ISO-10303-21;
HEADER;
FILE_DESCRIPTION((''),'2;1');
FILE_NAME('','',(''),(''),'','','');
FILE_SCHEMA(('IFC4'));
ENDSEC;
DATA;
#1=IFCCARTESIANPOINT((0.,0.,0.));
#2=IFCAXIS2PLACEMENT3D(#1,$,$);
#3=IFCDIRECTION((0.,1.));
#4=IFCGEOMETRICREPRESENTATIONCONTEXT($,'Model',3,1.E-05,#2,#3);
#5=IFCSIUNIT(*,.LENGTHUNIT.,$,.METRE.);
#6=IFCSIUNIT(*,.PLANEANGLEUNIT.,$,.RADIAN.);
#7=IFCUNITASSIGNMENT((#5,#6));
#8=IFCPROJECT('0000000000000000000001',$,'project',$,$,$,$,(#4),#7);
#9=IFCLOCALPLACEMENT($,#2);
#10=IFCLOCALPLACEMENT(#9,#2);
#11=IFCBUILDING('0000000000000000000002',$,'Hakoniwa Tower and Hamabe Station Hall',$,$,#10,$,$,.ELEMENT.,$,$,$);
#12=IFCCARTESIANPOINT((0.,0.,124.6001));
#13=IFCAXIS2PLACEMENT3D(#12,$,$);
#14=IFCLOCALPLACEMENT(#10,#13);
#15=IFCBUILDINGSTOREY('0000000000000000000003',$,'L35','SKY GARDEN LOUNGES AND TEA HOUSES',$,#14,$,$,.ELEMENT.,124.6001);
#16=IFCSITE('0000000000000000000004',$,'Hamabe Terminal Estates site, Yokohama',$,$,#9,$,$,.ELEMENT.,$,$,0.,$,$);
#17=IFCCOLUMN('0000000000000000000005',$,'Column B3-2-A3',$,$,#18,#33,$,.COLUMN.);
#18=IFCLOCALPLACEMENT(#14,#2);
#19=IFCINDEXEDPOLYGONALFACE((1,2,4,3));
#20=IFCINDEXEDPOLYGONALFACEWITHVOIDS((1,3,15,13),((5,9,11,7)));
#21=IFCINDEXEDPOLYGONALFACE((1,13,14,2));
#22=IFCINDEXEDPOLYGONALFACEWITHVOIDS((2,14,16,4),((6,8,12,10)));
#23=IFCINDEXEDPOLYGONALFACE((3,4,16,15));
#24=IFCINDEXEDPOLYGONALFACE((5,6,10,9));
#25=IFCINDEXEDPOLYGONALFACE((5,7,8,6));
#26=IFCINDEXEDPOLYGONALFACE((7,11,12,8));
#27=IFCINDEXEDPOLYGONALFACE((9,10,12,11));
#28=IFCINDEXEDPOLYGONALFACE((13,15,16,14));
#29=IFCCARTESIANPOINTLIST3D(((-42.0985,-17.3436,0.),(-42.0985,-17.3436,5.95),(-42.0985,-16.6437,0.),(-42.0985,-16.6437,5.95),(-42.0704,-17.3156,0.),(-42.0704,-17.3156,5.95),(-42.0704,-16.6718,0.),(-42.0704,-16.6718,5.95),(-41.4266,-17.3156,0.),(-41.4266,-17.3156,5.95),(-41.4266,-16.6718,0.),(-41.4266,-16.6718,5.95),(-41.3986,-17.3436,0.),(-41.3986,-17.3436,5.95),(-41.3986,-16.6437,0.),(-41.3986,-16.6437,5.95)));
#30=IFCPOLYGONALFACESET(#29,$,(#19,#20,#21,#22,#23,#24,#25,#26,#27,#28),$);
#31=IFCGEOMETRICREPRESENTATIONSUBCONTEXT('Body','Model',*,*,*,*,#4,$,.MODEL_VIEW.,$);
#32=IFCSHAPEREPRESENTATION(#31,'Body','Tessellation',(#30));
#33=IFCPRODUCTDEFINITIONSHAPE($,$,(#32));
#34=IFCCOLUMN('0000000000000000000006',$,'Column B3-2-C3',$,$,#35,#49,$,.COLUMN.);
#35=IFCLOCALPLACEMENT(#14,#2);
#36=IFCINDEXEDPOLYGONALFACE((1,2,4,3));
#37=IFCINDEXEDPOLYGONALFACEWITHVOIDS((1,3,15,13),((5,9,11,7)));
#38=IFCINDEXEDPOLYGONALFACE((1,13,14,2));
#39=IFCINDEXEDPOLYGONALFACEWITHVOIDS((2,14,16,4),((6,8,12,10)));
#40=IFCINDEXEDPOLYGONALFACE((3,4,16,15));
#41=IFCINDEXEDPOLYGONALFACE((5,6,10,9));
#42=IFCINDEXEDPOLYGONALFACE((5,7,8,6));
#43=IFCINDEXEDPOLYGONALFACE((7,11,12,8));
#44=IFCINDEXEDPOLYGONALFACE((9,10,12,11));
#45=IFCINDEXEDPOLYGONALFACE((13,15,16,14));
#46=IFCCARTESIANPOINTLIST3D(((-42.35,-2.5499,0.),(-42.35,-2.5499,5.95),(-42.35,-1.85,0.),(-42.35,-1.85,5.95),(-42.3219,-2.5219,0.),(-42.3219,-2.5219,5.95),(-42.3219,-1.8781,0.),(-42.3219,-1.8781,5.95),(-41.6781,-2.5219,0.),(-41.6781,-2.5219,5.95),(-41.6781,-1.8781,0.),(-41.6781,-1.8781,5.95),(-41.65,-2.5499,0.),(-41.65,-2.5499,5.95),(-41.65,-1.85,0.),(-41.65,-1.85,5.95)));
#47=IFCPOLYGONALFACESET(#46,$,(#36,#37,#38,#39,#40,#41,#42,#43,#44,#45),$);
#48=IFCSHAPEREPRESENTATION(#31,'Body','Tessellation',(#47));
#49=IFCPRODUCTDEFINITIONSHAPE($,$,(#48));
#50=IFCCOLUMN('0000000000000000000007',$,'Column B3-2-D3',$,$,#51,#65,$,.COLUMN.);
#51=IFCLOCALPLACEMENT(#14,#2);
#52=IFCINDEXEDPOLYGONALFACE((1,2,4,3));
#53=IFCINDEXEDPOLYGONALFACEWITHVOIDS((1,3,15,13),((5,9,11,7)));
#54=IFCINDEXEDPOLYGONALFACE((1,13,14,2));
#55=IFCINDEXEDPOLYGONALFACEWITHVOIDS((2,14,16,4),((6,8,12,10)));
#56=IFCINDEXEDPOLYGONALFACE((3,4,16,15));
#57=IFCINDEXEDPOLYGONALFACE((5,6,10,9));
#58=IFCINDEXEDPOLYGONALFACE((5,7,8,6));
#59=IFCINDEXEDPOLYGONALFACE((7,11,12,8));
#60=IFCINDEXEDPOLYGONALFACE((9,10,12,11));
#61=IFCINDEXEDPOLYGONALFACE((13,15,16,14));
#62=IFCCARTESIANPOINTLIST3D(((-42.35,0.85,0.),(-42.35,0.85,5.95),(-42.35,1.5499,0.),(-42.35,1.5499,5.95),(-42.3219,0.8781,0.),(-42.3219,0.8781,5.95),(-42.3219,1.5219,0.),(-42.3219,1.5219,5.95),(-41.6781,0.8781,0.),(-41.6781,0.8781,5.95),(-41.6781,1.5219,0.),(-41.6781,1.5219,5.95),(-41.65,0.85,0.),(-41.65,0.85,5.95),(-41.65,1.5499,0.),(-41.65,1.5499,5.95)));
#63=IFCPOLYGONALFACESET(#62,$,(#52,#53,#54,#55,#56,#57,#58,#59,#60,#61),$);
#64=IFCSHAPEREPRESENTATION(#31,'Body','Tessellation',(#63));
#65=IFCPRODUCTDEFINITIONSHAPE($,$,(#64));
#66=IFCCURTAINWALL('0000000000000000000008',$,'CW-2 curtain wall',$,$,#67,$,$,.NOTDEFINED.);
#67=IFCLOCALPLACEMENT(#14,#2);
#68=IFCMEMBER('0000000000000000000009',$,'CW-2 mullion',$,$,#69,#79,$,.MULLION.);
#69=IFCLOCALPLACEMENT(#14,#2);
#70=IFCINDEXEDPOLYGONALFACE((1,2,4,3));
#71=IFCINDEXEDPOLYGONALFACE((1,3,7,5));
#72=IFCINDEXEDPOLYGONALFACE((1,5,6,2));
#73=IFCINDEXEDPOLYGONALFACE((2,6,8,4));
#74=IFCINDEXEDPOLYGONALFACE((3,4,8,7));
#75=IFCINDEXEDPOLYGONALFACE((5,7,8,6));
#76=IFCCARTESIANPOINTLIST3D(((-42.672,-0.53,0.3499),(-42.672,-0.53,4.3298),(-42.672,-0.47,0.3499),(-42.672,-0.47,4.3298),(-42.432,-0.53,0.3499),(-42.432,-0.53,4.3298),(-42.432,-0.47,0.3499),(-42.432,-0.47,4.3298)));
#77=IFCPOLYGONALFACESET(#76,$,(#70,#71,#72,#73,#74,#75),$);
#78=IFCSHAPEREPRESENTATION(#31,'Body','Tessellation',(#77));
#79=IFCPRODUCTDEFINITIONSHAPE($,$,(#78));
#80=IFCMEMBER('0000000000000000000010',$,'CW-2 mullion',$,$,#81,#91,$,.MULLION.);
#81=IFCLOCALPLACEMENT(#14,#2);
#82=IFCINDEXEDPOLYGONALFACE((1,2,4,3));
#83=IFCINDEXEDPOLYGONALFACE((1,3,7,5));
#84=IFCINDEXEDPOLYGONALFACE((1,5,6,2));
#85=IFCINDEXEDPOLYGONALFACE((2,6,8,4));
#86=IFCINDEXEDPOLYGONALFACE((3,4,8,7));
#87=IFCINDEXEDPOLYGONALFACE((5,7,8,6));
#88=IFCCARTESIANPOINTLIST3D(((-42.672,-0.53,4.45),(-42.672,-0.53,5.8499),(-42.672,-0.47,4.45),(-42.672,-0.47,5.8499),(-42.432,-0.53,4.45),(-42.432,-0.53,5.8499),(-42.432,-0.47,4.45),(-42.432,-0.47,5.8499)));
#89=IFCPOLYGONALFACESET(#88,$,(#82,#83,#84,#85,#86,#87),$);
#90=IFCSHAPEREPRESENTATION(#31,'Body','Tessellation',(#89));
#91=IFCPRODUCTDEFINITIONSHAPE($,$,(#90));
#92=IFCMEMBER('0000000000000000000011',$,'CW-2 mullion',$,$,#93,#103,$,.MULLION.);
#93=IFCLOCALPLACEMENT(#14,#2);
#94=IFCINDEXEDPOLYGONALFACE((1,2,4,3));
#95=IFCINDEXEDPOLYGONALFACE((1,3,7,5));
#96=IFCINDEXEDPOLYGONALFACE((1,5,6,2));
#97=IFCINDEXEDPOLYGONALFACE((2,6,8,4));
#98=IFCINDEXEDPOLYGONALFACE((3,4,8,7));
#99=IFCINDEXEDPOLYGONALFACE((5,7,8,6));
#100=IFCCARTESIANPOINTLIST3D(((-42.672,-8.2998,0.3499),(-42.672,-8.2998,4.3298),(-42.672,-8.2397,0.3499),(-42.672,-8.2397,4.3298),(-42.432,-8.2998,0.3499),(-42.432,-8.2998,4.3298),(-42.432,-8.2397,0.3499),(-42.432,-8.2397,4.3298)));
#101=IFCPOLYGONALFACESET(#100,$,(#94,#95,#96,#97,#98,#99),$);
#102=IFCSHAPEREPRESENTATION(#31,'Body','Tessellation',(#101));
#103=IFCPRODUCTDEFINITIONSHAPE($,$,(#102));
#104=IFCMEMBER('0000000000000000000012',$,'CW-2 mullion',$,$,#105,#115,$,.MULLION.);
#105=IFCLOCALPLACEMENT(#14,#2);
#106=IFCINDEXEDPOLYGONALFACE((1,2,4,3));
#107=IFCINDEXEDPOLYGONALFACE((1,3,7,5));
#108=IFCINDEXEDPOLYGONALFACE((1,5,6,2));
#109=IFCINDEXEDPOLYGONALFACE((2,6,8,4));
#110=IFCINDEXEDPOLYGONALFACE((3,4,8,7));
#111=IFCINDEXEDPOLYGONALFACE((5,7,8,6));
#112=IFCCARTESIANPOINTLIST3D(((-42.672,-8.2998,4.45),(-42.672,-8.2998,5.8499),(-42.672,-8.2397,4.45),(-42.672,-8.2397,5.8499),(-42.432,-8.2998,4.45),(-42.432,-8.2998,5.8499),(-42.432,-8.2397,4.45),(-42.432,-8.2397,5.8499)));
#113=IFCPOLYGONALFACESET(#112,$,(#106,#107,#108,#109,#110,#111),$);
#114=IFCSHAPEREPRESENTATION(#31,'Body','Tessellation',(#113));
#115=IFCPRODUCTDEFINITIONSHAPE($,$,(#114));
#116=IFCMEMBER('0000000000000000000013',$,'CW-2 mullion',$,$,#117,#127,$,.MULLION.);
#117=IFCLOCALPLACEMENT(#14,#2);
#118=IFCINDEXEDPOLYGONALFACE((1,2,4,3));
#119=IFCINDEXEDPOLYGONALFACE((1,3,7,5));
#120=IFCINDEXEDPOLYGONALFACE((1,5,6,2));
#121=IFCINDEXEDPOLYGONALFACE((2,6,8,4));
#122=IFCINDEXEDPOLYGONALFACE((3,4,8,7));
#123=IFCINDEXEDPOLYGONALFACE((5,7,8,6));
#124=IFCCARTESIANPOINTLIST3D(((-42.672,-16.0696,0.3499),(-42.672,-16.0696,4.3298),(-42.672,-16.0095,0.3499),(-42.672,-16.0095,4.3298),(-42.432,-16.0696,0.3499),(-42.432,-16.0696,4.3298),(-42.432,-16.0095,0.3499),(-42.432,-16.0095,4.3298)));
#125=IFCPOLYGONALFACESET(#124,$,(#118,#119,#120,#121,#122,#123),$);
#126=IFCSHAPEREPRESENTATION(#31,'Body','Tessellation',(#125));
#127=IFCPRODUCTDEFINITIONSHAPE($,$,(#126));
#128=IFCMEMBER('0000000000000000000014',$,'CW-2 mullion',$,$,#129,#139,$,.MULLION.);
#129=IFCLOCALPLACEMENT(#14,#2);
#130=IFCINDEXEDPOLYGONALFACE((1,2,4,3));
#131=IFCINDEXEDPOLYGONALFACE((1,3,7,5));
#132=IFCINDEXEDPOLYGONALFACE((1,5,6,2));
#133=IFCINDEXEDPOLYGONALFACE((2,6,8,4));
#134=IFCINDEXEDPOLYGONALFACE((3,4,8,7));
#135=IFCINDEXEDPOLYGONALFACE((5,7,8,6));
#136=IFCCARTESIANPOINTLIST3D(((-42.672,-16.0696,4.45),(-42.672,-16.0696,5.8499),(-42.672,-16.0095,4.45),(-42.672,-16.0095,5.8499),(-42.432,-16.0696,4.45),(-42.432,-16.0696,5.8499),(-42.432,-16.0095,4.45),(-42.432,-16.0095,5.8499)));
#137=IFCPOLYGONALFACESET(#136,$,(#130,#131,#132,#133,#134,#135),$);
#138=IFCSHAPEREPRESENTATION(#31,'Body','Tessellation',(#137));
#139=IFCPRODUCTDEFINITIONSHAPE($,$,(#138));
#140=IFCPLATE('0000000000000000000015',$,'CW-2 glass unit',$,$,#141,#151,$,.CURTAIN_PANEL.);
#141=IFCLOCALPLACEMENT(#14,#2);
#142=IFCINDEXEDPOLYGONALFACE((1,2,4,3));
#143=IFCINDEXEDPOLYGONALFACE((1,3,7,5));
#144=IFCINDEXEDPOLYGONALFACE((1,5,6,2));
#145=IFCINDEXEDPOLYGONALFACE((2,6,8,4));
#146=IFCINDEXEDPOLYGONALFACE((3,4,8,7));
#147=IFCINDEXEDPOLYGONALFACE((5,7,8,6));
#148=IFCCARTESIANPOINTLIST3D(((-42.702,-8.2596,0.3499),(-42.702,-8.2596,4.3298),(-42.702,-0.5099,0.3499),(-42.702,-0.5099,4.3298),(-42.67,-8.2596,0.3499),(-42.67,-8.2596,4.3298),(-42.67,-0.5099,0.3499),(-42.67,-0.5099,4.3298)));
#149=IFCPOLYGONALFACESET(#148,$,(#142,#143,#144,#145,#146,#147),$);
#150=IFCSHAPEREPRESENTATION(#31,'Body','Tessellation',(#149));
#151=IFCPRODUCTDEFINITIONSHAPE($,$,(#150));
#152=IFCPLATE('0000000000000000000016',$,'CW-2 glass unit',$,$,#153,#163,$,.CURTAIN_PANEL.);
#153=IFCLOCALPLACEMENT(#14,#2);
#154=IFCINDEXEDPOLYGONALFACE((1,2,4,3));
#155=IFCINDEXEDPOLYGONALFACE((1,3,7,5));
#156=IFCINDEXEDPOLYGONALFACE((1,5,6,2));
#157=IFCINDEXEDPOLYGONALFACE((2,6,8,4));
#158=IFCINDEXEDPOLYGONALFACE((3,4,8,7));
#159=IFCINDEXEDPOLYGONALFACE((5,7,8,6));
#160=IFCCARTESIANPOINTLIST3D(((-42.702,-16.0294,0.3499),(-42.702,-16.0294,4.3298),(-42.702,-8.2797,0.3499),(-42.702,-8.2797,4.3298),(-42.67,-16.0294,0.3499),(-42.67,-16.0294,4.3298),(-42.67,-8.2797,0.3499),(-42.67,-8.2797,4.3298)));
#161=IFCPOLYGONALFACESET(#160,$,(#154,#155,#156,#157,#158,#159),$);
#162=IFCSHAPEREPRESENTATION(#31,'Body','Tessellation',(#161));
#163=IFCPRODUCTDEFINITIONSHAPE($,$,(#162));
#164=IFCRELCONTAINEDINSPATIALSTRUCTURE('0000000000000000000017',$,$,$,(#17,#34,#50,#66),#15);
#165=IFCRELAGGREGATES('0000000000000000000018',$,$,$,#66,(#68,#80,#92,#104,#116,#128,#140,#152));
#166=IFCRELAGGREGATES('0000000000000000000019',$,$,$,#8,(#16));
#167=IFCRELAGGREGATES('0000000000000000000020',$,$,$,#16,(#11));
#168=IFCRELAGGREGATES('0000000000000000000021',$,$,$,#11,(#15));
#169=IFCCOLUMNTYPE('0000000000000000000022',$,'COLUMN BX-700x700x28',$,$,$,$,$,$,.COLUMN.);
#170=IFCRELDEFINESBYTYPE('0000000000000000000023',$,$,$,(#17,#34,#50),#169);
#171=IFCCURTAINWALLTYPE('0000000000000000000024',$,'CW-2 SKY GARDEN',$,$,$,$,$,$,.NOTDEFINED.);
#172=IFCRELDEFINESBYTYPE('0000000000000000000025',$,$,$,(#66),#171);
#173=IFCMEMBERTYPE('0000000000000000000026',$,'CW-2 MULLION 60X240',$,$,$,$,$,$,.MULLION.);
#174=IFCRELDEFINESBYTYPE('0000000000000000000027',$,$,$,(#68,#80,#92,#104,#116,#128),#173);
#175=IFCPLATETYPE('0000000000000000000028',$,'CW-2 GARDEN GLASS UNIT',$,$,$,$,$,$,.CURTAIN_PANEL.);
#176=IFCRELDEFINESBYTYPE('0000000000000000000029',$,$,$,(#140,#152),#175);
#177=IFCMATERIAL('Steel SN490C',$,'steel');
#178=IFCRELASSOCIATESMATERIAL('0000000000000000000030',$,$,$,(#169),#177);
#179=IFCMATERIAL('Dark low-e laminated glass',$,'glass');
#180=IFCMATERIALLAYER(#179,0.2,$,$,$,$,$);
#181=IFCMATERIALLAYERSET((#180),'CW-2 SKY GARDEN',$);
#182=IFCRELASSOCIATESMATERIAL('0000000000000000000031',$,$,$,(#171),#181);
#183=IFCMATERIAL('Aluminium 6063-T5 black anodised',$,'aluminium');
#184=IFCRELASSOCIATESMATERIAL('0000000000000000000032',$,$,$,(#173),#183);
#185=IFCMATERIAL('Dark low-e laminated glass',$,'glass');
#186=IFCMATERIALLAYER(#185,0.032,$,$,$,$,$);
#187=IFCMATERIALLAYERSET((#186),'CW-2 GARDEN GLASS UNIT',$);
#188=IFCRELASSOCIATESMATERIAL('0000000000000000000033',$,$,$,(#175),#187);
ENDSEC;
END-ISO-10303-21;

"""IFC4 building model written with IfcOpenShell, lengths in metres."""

from ifc_helpers import new_model, si_unit, direction, frame, origin, origin_2d, place, context, subcontext, project, spatial, rectangle, hollow_rectangle, extrude, material, layer, layer_set, material_profile, profile_set, type_object, element, aggregate, save


model = new_model("IFC4")

# Units and contexts
model_context = context("Model", 3, precision=1e-05, world=origin(), true_north=direction((0.0, 1.0)))
body_context = subcontext(model_context, "Body", "Model", "MODEL_VIEW")
ifc_project = project(units=[si_unit("LENGTHUNIT", "METRE"), si_unit("PLANEANGLEUNIT", "RADIAN")], contexts=[model_context])

# Site, building, storey
site_placement = place(None, origin())
site = spatial("IfcSite", under=ifc_project, at=site_placement, Name="Hamabe Terminal Estates site, Yokohama", CompositionType="ELEMENT", RefElevation=0.0)
building_placement = place(site_placement, origin())
building = spatial("IfcBuilding", under=site, at=building_placement, Name="Hakoniwa Tower and Hamabe Station Hall", CompositionType="ELEMENT")
storey_placement = place(building_placement, frame((0.0, 0.0, 124.6001)))
storey = spatial("IfcBuildingStorey", under=building, at=storey_placement, Name="L35", Description="SKY GARDEN LOUNGES AND TEA HOUSES", CompositionType="ELEMENT", Elevation=124.6001)

# Columns
ifc_material_1 = material(Name="Steel SN490C", Category="steel")
ifc_material_profile_1 = material_profile(ifc_material_1, hollow_rectangle(XDim=0.7, YDim=0.7, WallThickness=0.0281, at=origin_2d()), Name="BX-700x700x28")
ifc_profile_set_1 = profile_set([ifc_material_profile_1], Name="Steel SN490C")
column_type = type_object("IfcColumnType", Name="COLUMN BX-700x700x28", PredefinedType="COLUMN", material=ifc_profile_set_1)
for number, where, z_axis, x_axis, name in (
    (1, (-41.7485, -16.9937, 0.0), (0.0, 0.0, 1.0), (1.0, 0.0, 0.0), "Column B3-2-A3"),
    (2, (-42.0, -2.2, 0.0), (0.0, 0.0, 1.0), (1.0, 0.0, 0.0), "Column B3-2-C3"),
    (3, (-42.0, 1.2, 0.0), (0.0, 0.0, 1.0), (1.0, 0.0, 0.0), "Column B3-2-D3"),
):
    element("IfcColumn", number, at=place(storey_placement, frame(where, z_axis=z_axis, x_axis=x_axis)), inside=storey, type_object=column_type, Name=name, PredefinedType="COLUMN", context=body_context, shape_type="SweptSolid", body=[
        extrude(hollow_rectangle(XDim=0.7, YDim=0.7, WallThickness=0.0281, at=origin_2d()), origin(), (0.0, 0.0, 1.0), 5.95),
    ])

# Curtain wall, members, plates
ifc_material_2 = material(Name="Dark low-e laminated glass", Category="glass")
ifc_layer_1 = layer(ifc_material_2, 0.2)
ifc_layer_set_1 = layer_set([ifc_layer_1], Name="CW-2 SKY GARDEN")
curtain_wall_type = type_object("IfcCurtainWallType", Name="CW-2 SKY GARDEN", PredefinedType="NOTDEFINED", material=ifc_layer_set_1)
curtain_wall_1_placement = place(storey_placement, origin())
curtain_wall_1 = element("IfcCurtainWall", 4, at=curtain_wall_1_placement, inside=storey, type_object=curtain_wall_type, Name="CW-2 curtain wall", PredefinedType="NOTDEFINED")
ifc_material_3 = material(Name="Aluminium 6063-T5 black anodised", Category="aluminium")
ifc_material_profile_2 = material_profile(ifc_material_3, rectangle(XDim=0.0601, YDim=0.24, at=origin_2d()), Name="CW-2 MULLION 60X240")
ifc_profile_set_2 = profile_set([ifc_material_profile_2], Name="Aluminium 6063-T5 black anodised")
member_type = type_object("IfcMemberType", Name="CW-2 MULLION 60X240", PredefinedType="MULLION", material=ifc_profile_set_2)
member_1_placement = place(storey_placement, frame((-42.552, -0.5, 0.3499), z_axis=(0.0, 0.0, 1.0), x_axis=(0.0, -1.0, 0.0)))
member_1 = element("IfcMember", 5, at=member_1_placement, type_object=member_type, Name="CW-2 mullion", PredefinedType="MULLION", context=body_context, shape_type="SweptSolid", body=[
    extrude(rectangle(XDim=0.0601, YDim=0.24, at=origin_2d()), origin(), (0.0, 0.0, 1.0), 3.98),
])
member_2_placement = place(storey_placement, frame((-42.552, -0.5, 4.45), z_axis=(0.0, 0.0, 1.0), x_axis=(0.0, -1.0, 0.0)))
member_2 = element("IfcMember", 6, at=member_2_placement, type_object=member_type, Name="CW-2 mullion", PredefinedType="MULLION", context=body_context, shape_type="SweptSolid", body=[
    extrude(rectangle(XDim=0.0601, YDim=0.24, at=origin_2d()), origin(), (0.0, 0.0, 1.0), 1.3999),
])
member_3_placement = place(storey_placement, frame((-42.552, -8.2698, 0.3499), z_axis=(0.0, 0.0, 1.0), x_axis=(0.0, -1.0, 0.0)))
member_3 = element("IfcMember", 7, at=member_3_placement, type_object=member_type, Name="CW-2 mullion", PredefinedType="MULLION", context=body_context, shape_type="SweptSolid", body=[
    extrude(rectangle(XDim=0.0601, YDim=0.24, at=origin_2d()), origin(), (0.0, 0.0, 1.0), 3.98),
])
member_4_placement = place(storey_placement, frame((-42.552, -8.2698, 4.45), z_axis=(0.0, 0.0, 1.0), x_axis=(0.0, -1.0, 0.0)))
member_4 = element("IfcMember", 8, at=member_4_placement, type_object=member_type, Name="CW-2 mullion", PredefinedType="MULLION", context=body_context, shape_type="SweptSolid", body=[
    extrude(rectangle(XDim=0.0601, YDim=0.24, at=origin_2d()), origin(), (0.0, 0.0, 1.0), 1.3999),
])
member_5_placement = place(storey_placement, frame((-42.552, -16.0396, 0.3499), z_axis=(0.0, 0.0, 1.0), x_axis=(0.0, -1.0, 0.0)))
member_5 = element("IfcMember", 9, at=member_5_placement, type_object=member_type, Name="CW-2 mullion", PredefinedType="MULLION", context=body_context, shape_type="SweptSolid", body=[
    extrude(rectangle(XDim=0.0601, YDim=0.24, at=origin_2d()), origin(), (0.0, 0.0, 1.0), 3.98),
])
member_6_placement = place(storey_placement, frame((-42.552, -16.0396, 4.45), z_axis=(0.0, 0.0, 1.0), x_axis=(0.0, -1.0, 0.0)))
member_6 = element("IfcMember", 10, at=member_6_placement, type_object=member_type, Name="CW-2 mullion", PredefinedType="MULLION", context=body_context, shape_type="SweptSolid", body=[
    extrude(rectangle(XDim=0.0601, YDim=0.24, at=origin_2d()), origin(), (0.0, 0.0, 1.0), 1.3999),
])
ifc_material_4 = material(Name="Dark low-e laminated glass", Category="glass")
ifc_layer_2 = layer(ifc_material_4, 0.032)
ifc_layer_set_2 = layer_set([ifc_layer_2], Name="CW-2 GARDEN GLASS UNIT")
plate_type = type_object("IfcPlateType", Name="CW-2 GARDEN GLASS UNIT", PredefinedType="CURTAIN_PANEL", material=ifc_layer_set_2)
plate_1_placement = place(storey_placement, frame((-42.686, -4.3848, 0.3499), z_axis=(0.0, 0.0, 1.0), x_axis=(0.0, -1.0, 0.0)))
plate_1 = element("IfcPlate", 11, at=plate_1_placement, type_object=plate_type, Name="CW-2 glass unit", PredefinedType="CURTAIN_PANEL", context=body_context, shape_type="SweptSolid", body=[
    extrude(rectangle(XDim=7.7498, YDim=0.032, at=origin_2d()), origin(), (0.0, 0.0, 1.0), 3.98),
])
plate_2_placement = place(storey_placement, frame((-42.686, -12.1545, 0.3499), z_axis=(0.0, 0.0, 1.0), x_axis=(0.0, -1.0, 0.0)))
plate_2 = element("IfcPlate", 12, at=plate_2_placement, type_object=plate_type, Name="CW-2 glass unit", PredefinedType="CURTAIN_PANEL", context=body_context, shape_type="SweptSolid", body=[
    extrude(rectangle(XDim=7.7498, YDim=0.032, at=origin_2d()), origin(), (0.0, 0.0, 1.0), 3.98),
])

aggregate(curtain_wall_1, [member_1, member_2, member_3, member_4, member_5, member_6, plate_1, plate_2])

save(model, "model.ifc")
